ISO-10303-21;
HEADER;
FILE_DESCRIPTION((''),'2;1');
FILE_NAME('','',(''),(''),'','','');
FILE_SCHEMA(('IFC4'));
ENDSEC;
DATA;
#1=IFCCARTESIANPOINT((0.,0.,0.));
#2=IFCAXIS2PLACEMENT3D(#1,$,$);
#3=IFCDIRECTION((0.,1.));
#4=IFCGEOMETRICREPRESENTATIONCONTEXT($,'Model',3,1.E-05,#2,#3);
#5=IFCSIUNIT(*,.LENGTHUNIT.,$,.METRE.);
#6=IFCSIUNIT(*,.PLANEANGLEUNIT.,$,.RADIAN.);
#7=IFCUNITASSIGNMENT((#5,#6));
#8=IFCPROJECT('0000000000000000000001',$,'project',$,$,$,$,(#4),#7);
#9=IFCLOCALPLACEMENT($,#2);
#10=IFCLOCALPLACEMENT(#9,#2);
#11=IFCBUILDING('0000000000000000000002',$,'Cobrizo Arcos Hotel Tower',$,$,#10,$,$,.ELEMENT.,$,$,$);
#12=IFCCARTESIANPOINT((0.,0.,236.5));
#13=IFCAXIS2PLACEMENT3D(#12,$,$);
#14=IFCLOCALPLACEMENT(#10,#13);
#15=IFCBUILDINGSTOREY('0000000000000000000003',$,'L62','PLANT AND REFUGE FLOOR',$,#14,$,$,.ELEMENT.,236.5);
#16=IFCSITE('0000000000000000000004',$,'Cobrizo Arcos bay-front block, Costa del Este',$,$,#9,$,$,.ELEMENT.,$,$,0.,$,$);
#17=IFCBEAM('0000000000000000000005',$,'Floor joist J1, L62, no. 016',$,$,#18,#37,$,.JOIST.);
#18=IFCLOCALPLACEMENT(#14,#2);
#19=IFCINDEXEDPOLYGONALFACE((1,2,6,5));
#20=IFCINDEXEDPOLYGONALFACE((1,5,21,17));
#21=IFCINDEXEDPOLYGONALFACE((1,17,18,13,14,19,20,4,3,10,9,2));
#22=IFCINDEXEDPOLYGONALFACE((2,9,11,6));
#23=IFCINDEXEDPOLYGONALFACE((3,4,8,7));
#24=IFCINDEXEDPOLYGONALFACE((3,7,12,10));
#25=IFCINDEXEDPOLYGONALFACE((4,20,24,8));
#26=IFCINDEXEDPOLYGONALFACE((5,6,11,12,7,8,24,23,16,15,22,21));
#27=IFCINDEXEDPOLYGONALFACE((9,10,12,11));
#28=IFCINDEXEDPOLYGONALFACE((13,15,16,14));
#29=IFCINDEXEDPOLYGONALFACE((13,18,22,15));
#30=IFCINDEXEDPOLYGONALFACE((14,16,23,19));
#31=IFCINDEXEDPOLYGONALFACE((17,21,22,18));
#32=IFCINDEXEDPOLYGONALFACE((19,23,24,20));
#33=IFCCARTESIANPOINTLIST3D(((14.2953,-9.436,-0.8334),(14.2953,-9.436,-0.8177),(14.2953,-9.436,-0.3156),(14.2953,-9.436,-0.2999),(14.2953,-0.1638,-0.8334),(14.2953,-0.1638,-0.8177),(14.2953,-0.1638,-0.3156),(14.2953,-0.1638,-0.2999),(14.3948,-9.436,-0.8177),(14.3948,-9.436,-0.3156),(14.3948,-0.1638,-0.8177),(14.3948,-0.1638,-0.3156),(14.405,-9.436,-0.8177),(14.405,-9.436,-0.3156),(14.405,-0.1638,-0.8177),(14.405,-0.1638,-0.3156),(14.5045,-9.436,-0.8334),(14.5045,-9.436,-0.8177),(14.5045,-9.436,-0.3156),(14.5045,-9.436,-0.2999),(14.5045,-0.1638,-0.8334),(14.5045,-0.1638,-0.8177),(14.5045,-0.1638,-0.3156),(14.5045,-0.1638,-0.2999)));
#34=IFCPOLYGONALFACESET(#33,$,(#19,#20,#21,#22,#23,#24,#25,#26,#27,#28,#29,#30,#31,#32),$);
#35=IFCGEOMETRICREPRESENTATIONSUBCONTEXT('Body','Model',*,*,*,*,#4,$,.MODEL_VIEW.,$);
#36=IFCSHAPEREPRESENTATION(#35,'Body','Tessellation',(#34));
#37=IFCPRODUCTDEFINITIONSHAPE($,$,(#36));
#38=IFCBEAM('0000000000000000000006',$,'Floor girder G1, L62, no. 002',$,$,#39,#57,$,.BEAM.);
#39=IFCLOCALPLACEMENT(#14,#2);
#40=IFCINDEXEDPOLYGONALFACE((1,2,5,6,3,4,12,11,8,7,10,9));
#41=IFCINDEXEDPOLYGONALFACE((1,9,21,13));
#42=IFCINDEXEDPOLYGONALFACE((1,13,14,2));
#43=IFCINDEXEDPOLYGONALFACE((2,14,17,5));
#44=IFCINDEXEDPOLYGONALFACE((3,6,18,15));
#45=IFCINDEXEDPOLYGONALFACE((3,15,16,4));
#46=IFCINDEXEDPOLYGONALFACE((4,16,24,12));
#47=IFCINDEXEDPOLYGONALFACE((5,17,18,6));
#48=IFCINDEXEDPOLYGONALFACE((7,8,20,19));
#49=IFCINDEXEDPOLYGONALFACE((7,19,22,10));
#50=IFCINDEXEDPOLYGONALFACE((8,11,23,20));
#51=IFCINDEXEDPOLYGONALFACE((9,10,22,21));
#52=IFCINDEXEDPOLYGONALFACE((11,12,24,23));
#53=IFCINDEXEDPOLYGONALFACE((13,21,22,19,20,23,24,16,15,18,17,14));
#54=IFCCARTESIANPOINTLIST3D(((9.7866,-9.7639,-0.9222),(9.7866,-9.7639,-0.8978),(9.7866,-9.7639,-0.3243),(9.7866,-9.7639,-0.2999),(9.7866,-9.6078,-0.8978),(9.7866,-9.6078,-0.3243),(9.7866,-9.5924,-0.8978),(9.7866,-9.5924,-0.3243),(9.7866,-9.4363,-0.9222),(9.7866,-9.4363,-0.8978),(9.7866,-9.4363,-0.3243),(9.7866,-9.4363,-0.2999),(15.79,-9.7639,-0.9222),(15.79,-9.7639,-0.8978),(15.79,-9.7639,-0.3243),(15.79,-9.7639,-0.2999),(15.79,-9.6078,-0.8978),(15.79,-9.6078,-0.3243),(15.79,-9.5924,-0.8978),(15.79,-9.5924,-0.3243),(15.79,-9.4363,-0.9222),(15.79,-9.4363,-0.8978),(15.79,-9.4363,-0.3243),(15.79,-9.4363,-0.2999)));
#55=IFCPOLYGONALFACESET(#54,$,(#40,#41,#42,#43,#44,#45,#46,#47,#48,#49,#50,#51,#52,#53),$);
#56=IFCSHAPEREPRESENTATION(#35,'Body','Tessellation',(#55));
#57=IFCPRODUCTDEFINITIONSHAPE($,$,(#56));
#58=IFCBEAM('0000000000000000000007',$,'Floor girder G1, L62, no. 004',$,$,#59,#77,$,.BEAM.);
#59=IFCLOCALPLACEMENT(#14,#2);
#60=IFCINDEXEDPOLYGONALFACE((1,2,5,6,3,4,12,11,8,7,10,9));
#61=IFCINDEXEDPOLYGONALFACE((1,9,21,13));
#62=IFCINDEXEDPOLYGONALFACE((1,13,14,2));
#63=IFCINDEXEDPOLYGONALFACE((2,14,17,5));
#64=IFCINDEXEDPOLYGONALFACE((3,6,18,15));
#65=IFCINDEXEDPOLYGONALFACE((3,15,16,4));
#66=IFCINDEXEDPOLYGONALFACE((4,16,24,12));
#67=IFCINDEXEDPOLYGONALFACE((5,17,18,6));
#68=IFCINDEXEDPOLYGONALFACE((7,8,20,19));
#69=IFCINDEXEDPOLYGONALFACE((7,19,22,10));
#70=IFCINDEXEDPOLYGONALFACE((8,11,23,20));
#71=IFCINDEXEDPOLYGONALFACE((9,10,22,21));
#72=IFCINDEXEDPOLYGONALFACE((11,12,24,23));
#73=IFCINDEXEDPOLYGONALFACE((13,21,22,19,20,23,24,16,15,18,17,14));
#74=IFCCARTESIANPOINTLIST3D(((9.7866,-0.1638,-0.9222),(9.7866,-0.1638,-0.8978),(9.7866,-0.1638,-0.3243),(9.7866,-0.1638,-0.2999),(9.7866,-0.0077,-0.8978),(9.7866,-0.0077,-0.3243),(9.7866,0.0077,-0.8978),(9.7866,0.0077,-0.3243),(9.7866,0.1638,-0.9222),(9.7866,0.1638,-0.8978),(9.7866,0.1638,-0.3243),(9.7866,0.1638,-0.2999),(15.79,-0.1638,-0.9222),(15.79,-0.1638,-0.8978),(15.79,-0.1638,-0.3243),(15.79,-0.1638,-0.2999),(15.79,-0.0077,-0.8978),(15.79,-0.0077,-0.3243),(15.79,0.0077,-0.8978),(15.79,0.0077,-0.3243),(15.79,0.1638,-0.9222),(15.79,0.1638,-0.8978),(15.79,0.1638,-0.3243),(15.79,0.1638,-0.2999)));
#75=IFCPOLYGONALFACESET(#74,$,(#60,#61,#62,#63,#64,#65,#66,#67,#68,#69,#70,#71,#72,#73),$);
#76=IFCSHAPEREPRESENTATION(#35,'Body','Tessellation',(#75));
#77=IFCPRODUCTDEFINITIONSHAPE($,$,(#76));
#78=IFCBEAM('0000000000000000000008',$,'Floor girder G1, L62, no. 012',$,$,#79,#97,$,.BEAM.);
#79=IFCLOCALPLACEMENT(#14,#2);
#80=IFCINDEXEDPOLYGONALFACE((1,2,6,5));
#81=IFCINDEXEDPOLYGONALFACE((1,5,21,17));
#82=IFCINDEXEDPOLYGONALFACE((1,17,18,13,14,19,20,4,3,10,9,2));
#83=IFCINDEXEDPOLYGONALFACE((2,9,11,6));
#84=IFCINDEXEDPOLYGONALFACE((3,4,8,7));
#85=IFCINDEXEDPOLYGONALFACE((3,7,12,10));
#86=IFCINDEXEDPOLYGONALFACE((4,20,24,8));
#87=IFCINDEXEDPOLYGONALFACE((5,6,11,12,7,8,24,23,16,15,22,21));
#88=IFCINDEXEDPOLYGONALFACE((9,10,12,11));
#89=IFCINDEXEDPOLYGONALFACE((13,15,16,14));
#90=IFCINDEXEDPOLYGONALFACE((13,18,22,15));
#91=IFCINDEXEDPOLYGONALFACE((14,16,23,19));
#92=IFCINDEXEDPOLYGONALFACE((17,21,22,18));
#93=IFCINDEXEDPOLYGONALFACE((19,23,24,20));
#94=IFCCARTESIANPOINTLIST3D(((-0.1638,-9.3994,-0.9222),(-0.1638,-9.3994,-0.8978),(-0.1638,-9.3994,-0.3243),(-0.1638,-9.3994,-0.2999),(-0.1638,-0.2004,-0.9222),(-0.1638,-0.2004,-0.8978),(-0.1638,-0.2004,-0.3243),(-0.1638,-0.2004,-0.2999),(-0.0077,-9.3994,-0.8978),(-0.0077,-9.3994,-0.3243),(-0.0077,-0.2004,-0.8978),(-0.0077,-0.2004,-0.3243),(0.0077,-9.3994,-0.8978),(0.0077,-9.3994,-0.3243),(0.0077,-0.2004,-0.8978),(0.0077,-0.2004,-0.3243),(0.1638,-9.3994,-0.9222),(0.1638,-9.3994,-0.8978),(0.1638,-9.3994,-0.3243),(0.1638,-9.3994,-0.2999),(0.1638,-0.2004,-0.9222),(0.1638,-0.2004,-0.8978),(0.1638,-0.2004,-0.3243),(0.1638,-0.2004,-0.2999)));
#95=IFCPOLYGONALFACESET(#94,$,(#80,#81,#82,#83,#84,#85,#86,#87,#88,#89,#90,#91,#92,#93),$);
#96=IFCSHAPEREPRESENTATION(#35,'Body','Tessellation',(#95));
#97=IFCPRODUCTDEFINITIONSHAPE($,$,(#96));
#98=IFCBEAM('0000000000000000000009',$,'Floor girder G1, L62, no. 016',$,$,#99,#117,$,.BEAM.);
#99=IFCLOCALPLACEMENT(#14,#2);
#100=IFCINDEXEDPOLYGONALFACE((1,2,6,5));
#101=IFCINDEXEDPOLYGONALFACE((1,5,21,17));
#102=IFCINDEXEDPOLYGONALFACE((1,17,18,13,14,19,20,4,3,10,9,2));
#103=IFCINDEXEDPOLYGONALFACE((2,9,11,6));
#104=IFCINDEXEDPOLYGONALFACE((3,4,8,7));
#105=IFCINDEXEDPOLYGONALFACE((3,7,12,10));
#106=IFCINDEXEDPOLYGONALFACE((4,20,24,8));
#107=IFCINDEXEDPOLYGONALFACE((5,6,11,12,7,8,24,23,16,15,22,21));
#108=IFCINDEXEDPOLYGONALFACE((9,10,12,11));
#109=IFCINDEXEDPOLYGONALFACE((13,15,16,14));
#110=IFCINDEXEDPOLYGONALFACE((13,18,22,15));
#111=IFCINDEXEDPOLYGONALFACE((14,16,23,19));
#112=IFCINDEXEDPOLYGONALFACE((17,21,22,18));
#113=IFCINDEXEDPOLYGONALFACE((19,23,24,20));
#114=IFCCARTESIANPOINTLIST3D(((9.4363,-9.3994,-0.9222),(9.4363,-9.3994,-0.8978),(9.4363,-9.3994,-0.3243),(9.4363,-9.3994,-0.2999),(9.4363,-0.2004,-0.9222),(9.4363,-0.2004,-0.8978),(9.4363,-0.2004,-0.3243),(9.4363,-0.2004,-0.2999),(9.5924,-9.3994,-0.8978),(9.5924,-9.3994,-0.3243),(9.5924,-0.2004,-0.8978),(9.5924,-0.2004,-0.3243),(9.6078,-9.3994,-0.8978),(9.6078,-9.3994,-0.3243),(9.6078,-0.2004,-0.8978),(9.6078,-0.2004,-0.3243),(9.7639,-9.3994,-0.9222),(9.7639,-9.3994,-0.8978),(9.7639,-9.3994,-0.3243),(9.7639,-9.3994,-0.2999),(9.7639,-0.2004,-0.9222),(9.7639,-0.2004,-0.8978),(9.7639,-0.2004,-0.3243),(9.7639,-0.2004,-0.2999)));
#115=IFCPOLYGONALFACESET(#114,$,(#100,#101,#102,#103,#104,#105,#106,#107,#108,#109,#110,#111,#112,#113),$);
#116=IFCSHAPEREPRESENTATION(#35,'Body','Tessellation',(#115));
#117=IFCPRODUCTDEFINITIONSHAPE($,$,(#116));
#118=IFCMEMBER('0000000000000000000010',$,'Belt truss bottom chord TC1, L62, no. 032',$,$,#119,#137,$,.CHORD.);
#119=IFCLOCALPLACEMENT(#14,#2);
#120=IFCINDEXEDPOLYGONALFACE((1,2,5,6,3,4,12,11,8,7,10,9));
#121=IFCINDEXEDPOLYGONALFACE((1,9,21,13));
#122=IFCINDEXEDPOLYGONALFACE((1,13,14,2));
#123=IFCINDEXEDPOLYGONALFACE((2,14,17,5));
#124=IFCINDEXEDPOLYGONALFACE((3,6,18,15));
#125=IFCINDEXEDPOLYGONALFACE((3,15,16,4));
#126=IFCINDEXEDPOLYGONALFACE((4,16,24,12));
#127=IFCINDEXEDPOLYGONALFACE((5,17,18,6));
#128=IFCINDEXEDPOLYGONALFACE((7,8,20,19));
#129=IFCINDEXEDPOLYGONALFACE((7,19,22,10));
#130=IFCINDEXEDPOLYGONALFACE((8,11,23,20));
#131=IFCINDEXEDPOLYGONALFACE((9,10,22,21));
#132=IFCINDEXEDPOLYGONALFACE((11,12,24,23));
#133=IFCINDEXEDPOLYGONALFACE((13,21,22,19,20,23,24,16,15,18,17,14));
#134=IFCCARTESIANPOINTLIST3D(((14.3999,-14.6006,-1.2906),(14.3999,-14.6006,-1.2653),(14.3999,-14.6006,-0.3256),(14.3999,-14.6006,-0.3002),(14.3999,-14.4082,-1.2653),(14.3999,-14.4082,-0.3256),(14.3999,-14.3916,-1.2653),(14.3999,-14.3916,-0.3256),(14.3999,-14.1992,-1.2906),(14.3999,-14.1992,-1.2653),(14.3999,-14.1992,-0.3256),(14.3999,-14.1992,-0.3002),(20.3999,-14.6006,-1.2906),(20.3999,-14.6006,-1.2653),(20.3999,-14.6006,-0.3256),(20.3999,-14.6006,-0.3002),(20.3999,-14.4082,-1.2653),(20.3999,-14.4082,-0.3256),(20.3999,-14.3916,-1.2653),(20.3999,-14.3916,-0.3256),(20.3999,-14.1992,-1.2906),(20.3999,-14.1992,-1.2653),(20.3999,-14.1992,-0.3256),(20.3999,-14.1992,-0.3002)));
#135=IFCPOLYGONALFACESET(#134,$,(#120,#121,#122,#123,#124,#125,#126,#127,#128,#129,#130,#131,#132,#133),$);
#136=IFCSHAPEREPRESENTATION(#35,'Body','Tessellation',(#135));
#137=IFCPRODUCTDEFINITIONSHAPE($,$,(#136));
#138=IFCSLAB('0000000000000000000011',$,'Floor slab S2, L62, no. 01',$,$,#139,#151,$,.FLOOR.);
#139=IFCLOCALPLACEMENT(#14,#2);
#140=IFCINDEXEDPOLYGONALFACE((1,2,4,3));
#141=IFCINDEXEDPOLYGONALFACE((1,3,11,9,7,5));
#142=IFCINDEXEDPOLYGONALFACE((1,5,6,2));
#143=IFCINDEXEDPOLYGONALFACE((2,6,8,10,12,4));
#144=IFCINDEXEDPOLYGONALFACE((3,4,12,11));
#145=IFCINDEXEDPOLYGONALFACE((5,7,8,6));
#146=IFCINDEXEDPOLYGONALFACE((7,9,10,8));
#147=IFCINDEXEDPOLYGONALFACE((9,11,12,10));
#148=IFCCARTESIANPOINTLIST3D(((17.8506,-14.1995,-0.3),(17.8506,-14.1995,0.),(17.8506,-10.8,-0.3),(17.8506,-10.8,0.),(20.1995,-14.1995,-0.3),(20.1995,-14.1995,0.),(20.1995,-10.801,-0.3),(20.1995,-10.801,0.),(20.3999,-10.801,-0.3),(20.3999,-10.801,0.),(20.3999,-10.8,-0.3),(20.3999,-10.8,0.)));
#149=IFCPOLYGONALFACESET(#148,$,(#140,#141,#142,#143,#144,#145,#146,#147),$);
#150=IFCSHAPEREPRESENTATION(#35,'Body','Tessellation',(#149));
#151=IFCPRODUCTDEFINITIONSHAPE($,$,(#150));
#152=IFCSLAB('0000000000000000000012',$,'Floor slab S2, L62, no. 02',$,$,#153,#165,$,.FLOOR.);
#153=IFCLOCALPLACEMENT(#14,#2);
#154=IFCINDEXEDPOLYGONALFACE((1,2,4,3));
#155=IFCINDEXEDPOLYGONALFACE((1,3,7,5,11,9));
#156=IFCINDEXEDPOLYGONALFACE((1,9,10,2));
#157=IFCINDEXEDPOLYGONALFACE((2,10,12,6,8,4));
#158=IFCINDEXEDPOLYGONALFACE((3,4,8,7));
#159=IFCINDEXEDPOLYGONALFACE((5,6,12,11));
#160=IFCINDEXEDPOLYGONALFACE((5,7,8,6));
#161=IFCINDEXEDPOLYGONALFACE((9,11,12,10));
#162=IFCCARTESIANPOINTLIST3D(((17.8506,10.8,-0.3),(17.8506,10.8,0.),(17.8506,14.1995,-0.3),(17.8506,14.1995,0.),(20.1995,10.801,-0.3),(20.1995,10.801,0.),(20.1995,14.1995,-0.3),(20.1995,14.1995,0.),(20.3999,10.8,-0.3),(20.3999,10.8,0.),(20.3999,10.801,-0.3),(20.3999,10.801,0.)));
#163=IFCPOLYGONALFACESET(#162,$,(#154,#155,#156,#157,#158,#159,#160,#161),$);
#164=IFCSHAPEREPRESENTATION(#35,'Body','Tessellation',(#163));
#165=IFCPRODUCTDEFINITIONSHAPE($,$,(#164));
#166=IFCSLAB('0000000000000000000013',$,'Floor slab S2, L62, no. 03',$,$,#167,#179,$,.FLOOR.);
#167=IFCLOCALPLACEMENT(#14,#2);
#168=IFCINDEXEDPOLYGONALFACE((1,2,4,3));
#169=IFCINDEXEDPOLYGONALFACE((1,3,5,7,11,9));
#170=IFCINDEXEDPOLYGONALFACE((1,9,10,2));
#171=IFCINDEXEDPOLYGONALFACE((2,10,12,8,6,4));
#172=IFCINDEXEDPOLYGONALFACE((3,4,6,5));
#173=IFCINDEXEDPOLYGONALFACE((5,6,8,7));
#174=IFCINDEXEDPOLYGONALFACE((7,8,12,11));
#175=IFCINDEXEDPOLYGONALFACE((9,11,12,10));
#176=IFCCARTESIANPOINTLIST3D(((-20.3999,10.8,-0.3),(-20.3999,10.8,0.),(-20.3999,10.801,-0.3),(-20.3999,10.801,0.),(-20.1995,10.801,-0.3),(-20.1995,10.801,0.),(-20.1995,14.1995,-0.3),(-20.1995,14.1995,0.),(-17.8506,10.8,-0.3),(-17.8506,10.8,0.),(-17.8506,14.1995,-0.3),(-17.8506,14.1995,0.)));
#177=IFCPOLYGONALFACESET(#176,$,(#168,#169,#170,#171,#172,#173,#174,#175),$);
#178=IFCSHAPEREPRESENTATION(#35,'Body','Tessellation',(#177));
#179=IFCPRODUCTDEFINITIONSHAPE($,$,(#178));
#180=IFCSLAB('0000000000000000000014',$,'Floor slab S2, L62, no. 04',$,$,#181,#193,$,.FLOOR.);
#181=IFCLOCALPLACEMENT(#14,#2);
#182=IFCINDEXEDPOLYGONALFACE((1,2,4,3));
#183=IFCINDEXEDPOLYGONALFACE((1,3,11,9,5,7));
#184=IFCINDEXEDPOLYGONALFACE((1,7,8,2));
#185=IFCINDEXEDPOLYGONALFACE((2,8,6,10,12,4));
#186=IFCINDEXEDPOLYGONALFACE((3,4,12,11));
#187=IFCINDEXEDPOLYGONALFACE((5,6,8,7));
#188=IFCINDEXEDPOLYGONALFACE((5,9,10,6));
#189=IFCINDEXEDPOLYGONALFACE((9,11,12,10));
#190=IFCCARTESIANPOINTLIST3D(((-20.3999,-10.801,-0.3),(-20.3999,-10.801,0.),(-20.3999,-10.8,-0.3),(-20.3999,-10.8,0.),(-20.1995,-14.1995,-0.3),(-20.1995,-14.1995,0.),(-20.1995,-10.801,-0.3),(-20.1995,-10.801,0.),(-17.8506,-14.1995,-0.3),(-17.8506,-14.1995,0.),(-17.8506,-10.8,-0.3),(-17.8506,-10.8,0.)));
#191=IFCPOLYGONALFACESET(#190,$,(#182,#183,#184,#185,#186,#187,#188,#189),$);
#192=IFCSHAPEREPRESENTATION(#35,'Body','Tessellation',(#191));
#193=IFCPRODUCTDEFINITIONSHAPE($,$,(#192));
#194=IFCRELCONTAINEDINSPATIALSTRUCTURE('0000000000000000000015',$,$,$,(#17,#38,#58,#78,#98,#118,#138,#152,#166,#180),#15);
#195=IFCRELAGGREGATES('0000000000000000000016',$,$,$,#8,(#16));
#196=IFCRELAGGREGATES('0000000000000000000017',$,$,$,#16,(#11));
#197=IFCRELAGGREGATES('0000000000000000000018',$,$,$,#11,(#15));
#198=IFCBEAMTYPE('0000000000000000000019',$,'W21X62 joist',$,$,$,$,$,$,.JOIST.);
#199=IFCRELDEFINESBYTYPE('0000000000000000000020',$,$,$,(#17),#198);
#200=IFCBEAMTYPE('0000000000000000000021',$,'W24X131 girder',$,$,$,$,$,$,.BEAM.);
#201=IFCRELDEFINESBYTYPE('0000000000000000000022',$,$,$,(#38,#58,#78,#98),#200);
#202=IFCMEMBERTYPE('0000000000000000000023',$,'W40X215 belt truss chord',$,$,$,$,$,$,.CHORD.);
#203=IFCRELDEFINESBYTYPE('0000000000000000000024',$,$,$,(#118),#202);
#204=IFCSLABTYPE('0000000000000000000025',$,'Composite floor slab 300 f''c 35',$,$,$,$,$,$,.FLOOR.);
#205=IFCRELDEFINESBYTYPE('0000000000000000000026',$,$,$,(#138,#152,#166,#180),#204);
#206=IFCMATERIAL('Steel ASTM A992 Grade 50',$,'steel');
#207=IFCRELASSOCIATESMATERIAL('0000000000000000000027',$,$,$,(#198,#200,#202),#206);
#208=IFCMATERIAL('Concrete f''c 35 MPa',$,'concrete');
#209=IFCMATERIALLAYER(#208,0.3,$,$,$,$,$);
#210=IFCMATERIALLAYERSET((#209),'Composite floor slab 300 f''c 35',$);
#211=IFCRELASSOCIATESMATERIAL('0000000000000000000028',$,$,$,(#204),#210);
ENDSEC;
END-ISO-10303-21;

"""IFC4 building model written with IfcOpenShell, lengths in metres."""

from ifc_helpers import new_model, si_unit, direction, frame, origin, origin_2d, place, context, subcontext, project, spatial, polyline, i_section, outline, extrude, material, layer, layer_set, material_profile, profile_set, type_object, element, save


model = new_model("IFC4")

# Units and contexts
model_context = context("Model", 3, precision=1e-05, world=origin(), true_north=direction((0.0, 1.0)))
body_context = subcontext(model_context, "Body", "Model", "MODEL_VIEW")
ifc_project = project(units=[si_unit("LENGTHUNIT", "METRE"), si_unit("PLANEANGLEUNIT", "RADIAN")], contexts=[model_context])

# Site, building, storey
site_placement = place(None, origin())
site = spatial("IfcSite", under=ifc_project, at=site_placement, Name="Cobrizo Arcos bay-front block, Costa del Este", CompositionType="ELEMENT", RefElevation=0.0)
building_placement = place(site_placement, origin())
building = spatial("IfcBuilding", under=site, at=building_placement, Name="Cobrizo Arcos Hotel Tower", CompositionType="ELEMENT")
storey_placement = place(building_placement, frame((0.0, 0.0, 236.5)))
storey = spatial("IfcBuildingStorey", under=building, at=storey_placement, Name="L62", Description="PLANT AND REFUGE FLOOR", CompositionType="ELEMENT", Elevation=236.5)

# Shared definitions
ifc_material_1 = material(Name="Steel ASTM A992 Grade 50", Category="steel")

# Beams
ifc_material_profile_1 = material_profile(ifc_material_1, i_section(OverallWidth=0.2092, OverallDepth=0.5334, WebThickness=0.0103, FlangeThickness=0.0156, at=origin_2d()), Name="W21X62")
ifc_profile_set_1 = profile_set([ifc_material_profile_1], Name="Steel ASTM A992 Grade 50")
beam_type_1 = type_object("IfcBeamType", Name="W21X62 joist", PredefinedType="JOIST", material=ifc_profile_set_1)
beam_1_placement = place(storey_placement, frame((14.3999, -9.436, -0.5667), z_axis=(0.0, 1.0, 0.0), x_axis=(-1.0, 0.0, 0.0)))
element("IfcBeam", 1, at=beam_1_placement, inside=storey, type_object=beam_type_1, Name="Floor joist J1, L62, no. 016", PredefinedType="JOIST", context=body_context, shape_type="SweptSolid", body=[
    extrude(i_section(OverallWidth=0.2092, OverallDepth=0.5334, WebThickness=0.0103, FlangeThickness=0.0156, at=origin_2d()), origin(), (0.0, 0.0, 1.0), 9.2722),
])
ifc_material_profile_2 = material_profile(ifc_material_1, i_section(OverallWidth=0.3276, OverallDepth=0.6223, WebThickness=0.0154, FlangeThickness=0.0244, at=origin_2d()), Name="W24X131")
ifc_profile_set_2 = profile_set([ifc_material_profile_2], Name="Steel ASTM A992 Grade 50")
beam_type_2 = type_object("IfcBeamType", Name="W24X131 girder", PredefinedType="BEAM", material=ifc_profile_set_2)
for number, where, z_axis, x_axis, name in (
    (2, (9.7866, -9.6001, -0.6111), (1.0, 0.0, 0.0), (0.0, 1.0, 0.0), "Floor girder G1, L62, no. 002"),
    (3, (9.7866, 0.0, -0.6111), (1.0, 0.0, 0.0), (0.0, 1.0, 0.0), "Floor girder G1, L62, no. 004"),
):
    element("IfcBeam", number, at=place(storey_placement, frame(where, z_axis=z_axis, x_axis=x_axis)), inside=storey, type_object=beam_type_2, Name=name, PredefinedType="BEAM", context=body_context, shape_type="SweptSolid", body=[
        extrude(i_section(OverallWidth=0.3276, OverallDepth=0.6223, WebThickness=0.0154, FlangeThickness=0.0244, at=origin_2d()), origin(), (0.0, 0.0, 1.0), 6.0034),
    ])
for number, where, z_axis, x_axis, name in (
    (4, (0.0, -9.3994, -0.6111), (0.0, 1.0, 0.0), (-1.0, 0.0, 0.0), "Floor girder G1, L62, no. 012"),
    (5, (9.6001, -9.3994, -0.6111), (0.0, 1.0, 0.0), (-1.0, 0.0, 0.0), "Floor girder G1, L62, no. 016"),
):
    element("IfcBeam", number, at=place(storey_placement, frame(where, z_axis=z_axis, x_axis=x_axis)), inside=storey, type_object=beam_type_2, Name=name, PredefinedType="BEAM", context=body_context, shape_type="SweptSolid", body=[
        extrude(i_section(OverallWidth=0.3276, OverallDepth=0.6223, WebThickness=0.0154, FlangeThickness=0.0244, at=origin_2d()), origin(), (0.0, 0.0, 1.0), 9.199),
    ])

# Member
ifc_material_profile_3 = material_profile(ifc_material_1, i_section(OverallWidth=0.4014, OverallDepth=0.9905, WebThickness=0.0166, FlangeThickness=0.0254, at=origin_2d()), Name="W40X215")
ifc_profile_set_3 = profile_set([ifc_material_profile_3], Name="Steel ASTM A992 Grade 50")
member_type_1 = type_object("IfcMemberType", Name="W40X215 belt truss chord", PredefinedType="CHORD", material=ifc_profile_set_3)
member_1_placement = place(storey_placement, frame((14.3999, -14.3999, -0.7954), z_axis=(1.0, 0.0, 0.0), x_axis=(0.0, 1.0, 0.0)))
element("IfcMember", 6, at=member_1_placement, inside=storey, type_object=member_type_1, Name="Belt truss bottom chord TC1, L62, no. 032", PredefinedType="CHORD", context=body_context, shape_type="SweptSolid", body=[
    extrude(i_section(OverallWidth=0.4014, OverallDepth=0.9905, WebThickness=0.0166, FlangeThickness=0.0254, at=origin_2d()), origin(), (0.0, 0.0, 1.0), 6.0),
])

# Slabs
ifc_material_2 = material(Name="Concrete f'c 35 MPa", Category="concrete")
ifc_layer_1 = layer(ifc_material_2, 0.3)
ifc_layer_set_1 = layer_set([ifc_layer_1], Name="Composite floor slab 300 f'c 35")
slab_type_1 = type_object("IfcSlabType", Name="Composite floor slab 300 f'c 35", PredefinedType="FLOOR", material=ifc_layer_set_1)
slab_1_placement = place(storey_placement, frame((0.0, 0.0, -0.3)))
element("IfcSlab", 7, at=slab_1_placement, inside=storey, type_object=slab_type_1, Name="Floor slab S2, L62, no. 01", PredefinedType="FLOOR", context=body_context, shape_type="SweptSolid", body=[
    extrude(outline(polyline([(20.3999, -10.801), (20.1995, -10.801), (20.1995, -14.1995), (17.8506, -14.1995), (17.8506, -10.8), (20.3999, -10.8), (20.3999, -10.801)])), origin(), (0.0, 0.0, 1.0), 0.3),
])
slab_2_placement = place(storey_placement, frame((0.0, 0.0, -0.3)))
element("IfcSlab", 8, at=slab_2_placement, inside=storey, type_object=slab_type_1, Name="Floor slab S2, L62, no. 02", PredefinedType="FLOOR", context=body_context, shape_type="SweptSolid", body=[
    extrude(outline(polyline([(20.3999, 10.8), (17.8506, 10.8), (17.8506, 14.1995), (20.1995, 14.1995), (20.1995, 10.801), (20.3999, 10.801), (20.3999, 10.8)])), origin(), (0.0, 0.0, 1.0), 0.3),
])
slab_3_placement = place(storey_placement, frame((0.0, 0.0, -0.3)))
element("IfcSlab", 9, at=slab_3_placement, inside=storey, type_object=slab_type_1, Name="Floor slab S2, L62, no. 03", PredefinedType="FLOOR", context=body_context, shape_type="SweptSolid", body=[
    extrude(outline(polyline([(-20.3999, 10.801), (-20.1995, 10.801), (-20.1995, 14.1995), (-17.8506, 14.1995), (-17.8506, 10.8), (-20.3999, 10.8), (-20.3999, 10.801)])), origin(), (0.0, 0.0, 1.0), 0.3),
])
slab_4_placement = place(storey_placement, frame((0.0, 0.0, -0.3)))
element("IfcSlab", 10, at=slab_4_placement, inside=storey, type_object=slab_type_1, Name="Floor slab S2, L62, no. 04", PredefinedType="FLOOR", context=body_context, shape_type="SweptSolid", body=[
    extrude(outline(polyline([(-20.3999, -10.8), (-17.8506, -10.8), (-17.8506, -14.1995), (-20.1995, -14.1995), (-20.1995, -10.801), (-20.3999, -10.801), (-20.3999, -10.8)])), origin(), (0.0, 0.0, 1.0), 0.3),
])

save(model, "model.ifc")
